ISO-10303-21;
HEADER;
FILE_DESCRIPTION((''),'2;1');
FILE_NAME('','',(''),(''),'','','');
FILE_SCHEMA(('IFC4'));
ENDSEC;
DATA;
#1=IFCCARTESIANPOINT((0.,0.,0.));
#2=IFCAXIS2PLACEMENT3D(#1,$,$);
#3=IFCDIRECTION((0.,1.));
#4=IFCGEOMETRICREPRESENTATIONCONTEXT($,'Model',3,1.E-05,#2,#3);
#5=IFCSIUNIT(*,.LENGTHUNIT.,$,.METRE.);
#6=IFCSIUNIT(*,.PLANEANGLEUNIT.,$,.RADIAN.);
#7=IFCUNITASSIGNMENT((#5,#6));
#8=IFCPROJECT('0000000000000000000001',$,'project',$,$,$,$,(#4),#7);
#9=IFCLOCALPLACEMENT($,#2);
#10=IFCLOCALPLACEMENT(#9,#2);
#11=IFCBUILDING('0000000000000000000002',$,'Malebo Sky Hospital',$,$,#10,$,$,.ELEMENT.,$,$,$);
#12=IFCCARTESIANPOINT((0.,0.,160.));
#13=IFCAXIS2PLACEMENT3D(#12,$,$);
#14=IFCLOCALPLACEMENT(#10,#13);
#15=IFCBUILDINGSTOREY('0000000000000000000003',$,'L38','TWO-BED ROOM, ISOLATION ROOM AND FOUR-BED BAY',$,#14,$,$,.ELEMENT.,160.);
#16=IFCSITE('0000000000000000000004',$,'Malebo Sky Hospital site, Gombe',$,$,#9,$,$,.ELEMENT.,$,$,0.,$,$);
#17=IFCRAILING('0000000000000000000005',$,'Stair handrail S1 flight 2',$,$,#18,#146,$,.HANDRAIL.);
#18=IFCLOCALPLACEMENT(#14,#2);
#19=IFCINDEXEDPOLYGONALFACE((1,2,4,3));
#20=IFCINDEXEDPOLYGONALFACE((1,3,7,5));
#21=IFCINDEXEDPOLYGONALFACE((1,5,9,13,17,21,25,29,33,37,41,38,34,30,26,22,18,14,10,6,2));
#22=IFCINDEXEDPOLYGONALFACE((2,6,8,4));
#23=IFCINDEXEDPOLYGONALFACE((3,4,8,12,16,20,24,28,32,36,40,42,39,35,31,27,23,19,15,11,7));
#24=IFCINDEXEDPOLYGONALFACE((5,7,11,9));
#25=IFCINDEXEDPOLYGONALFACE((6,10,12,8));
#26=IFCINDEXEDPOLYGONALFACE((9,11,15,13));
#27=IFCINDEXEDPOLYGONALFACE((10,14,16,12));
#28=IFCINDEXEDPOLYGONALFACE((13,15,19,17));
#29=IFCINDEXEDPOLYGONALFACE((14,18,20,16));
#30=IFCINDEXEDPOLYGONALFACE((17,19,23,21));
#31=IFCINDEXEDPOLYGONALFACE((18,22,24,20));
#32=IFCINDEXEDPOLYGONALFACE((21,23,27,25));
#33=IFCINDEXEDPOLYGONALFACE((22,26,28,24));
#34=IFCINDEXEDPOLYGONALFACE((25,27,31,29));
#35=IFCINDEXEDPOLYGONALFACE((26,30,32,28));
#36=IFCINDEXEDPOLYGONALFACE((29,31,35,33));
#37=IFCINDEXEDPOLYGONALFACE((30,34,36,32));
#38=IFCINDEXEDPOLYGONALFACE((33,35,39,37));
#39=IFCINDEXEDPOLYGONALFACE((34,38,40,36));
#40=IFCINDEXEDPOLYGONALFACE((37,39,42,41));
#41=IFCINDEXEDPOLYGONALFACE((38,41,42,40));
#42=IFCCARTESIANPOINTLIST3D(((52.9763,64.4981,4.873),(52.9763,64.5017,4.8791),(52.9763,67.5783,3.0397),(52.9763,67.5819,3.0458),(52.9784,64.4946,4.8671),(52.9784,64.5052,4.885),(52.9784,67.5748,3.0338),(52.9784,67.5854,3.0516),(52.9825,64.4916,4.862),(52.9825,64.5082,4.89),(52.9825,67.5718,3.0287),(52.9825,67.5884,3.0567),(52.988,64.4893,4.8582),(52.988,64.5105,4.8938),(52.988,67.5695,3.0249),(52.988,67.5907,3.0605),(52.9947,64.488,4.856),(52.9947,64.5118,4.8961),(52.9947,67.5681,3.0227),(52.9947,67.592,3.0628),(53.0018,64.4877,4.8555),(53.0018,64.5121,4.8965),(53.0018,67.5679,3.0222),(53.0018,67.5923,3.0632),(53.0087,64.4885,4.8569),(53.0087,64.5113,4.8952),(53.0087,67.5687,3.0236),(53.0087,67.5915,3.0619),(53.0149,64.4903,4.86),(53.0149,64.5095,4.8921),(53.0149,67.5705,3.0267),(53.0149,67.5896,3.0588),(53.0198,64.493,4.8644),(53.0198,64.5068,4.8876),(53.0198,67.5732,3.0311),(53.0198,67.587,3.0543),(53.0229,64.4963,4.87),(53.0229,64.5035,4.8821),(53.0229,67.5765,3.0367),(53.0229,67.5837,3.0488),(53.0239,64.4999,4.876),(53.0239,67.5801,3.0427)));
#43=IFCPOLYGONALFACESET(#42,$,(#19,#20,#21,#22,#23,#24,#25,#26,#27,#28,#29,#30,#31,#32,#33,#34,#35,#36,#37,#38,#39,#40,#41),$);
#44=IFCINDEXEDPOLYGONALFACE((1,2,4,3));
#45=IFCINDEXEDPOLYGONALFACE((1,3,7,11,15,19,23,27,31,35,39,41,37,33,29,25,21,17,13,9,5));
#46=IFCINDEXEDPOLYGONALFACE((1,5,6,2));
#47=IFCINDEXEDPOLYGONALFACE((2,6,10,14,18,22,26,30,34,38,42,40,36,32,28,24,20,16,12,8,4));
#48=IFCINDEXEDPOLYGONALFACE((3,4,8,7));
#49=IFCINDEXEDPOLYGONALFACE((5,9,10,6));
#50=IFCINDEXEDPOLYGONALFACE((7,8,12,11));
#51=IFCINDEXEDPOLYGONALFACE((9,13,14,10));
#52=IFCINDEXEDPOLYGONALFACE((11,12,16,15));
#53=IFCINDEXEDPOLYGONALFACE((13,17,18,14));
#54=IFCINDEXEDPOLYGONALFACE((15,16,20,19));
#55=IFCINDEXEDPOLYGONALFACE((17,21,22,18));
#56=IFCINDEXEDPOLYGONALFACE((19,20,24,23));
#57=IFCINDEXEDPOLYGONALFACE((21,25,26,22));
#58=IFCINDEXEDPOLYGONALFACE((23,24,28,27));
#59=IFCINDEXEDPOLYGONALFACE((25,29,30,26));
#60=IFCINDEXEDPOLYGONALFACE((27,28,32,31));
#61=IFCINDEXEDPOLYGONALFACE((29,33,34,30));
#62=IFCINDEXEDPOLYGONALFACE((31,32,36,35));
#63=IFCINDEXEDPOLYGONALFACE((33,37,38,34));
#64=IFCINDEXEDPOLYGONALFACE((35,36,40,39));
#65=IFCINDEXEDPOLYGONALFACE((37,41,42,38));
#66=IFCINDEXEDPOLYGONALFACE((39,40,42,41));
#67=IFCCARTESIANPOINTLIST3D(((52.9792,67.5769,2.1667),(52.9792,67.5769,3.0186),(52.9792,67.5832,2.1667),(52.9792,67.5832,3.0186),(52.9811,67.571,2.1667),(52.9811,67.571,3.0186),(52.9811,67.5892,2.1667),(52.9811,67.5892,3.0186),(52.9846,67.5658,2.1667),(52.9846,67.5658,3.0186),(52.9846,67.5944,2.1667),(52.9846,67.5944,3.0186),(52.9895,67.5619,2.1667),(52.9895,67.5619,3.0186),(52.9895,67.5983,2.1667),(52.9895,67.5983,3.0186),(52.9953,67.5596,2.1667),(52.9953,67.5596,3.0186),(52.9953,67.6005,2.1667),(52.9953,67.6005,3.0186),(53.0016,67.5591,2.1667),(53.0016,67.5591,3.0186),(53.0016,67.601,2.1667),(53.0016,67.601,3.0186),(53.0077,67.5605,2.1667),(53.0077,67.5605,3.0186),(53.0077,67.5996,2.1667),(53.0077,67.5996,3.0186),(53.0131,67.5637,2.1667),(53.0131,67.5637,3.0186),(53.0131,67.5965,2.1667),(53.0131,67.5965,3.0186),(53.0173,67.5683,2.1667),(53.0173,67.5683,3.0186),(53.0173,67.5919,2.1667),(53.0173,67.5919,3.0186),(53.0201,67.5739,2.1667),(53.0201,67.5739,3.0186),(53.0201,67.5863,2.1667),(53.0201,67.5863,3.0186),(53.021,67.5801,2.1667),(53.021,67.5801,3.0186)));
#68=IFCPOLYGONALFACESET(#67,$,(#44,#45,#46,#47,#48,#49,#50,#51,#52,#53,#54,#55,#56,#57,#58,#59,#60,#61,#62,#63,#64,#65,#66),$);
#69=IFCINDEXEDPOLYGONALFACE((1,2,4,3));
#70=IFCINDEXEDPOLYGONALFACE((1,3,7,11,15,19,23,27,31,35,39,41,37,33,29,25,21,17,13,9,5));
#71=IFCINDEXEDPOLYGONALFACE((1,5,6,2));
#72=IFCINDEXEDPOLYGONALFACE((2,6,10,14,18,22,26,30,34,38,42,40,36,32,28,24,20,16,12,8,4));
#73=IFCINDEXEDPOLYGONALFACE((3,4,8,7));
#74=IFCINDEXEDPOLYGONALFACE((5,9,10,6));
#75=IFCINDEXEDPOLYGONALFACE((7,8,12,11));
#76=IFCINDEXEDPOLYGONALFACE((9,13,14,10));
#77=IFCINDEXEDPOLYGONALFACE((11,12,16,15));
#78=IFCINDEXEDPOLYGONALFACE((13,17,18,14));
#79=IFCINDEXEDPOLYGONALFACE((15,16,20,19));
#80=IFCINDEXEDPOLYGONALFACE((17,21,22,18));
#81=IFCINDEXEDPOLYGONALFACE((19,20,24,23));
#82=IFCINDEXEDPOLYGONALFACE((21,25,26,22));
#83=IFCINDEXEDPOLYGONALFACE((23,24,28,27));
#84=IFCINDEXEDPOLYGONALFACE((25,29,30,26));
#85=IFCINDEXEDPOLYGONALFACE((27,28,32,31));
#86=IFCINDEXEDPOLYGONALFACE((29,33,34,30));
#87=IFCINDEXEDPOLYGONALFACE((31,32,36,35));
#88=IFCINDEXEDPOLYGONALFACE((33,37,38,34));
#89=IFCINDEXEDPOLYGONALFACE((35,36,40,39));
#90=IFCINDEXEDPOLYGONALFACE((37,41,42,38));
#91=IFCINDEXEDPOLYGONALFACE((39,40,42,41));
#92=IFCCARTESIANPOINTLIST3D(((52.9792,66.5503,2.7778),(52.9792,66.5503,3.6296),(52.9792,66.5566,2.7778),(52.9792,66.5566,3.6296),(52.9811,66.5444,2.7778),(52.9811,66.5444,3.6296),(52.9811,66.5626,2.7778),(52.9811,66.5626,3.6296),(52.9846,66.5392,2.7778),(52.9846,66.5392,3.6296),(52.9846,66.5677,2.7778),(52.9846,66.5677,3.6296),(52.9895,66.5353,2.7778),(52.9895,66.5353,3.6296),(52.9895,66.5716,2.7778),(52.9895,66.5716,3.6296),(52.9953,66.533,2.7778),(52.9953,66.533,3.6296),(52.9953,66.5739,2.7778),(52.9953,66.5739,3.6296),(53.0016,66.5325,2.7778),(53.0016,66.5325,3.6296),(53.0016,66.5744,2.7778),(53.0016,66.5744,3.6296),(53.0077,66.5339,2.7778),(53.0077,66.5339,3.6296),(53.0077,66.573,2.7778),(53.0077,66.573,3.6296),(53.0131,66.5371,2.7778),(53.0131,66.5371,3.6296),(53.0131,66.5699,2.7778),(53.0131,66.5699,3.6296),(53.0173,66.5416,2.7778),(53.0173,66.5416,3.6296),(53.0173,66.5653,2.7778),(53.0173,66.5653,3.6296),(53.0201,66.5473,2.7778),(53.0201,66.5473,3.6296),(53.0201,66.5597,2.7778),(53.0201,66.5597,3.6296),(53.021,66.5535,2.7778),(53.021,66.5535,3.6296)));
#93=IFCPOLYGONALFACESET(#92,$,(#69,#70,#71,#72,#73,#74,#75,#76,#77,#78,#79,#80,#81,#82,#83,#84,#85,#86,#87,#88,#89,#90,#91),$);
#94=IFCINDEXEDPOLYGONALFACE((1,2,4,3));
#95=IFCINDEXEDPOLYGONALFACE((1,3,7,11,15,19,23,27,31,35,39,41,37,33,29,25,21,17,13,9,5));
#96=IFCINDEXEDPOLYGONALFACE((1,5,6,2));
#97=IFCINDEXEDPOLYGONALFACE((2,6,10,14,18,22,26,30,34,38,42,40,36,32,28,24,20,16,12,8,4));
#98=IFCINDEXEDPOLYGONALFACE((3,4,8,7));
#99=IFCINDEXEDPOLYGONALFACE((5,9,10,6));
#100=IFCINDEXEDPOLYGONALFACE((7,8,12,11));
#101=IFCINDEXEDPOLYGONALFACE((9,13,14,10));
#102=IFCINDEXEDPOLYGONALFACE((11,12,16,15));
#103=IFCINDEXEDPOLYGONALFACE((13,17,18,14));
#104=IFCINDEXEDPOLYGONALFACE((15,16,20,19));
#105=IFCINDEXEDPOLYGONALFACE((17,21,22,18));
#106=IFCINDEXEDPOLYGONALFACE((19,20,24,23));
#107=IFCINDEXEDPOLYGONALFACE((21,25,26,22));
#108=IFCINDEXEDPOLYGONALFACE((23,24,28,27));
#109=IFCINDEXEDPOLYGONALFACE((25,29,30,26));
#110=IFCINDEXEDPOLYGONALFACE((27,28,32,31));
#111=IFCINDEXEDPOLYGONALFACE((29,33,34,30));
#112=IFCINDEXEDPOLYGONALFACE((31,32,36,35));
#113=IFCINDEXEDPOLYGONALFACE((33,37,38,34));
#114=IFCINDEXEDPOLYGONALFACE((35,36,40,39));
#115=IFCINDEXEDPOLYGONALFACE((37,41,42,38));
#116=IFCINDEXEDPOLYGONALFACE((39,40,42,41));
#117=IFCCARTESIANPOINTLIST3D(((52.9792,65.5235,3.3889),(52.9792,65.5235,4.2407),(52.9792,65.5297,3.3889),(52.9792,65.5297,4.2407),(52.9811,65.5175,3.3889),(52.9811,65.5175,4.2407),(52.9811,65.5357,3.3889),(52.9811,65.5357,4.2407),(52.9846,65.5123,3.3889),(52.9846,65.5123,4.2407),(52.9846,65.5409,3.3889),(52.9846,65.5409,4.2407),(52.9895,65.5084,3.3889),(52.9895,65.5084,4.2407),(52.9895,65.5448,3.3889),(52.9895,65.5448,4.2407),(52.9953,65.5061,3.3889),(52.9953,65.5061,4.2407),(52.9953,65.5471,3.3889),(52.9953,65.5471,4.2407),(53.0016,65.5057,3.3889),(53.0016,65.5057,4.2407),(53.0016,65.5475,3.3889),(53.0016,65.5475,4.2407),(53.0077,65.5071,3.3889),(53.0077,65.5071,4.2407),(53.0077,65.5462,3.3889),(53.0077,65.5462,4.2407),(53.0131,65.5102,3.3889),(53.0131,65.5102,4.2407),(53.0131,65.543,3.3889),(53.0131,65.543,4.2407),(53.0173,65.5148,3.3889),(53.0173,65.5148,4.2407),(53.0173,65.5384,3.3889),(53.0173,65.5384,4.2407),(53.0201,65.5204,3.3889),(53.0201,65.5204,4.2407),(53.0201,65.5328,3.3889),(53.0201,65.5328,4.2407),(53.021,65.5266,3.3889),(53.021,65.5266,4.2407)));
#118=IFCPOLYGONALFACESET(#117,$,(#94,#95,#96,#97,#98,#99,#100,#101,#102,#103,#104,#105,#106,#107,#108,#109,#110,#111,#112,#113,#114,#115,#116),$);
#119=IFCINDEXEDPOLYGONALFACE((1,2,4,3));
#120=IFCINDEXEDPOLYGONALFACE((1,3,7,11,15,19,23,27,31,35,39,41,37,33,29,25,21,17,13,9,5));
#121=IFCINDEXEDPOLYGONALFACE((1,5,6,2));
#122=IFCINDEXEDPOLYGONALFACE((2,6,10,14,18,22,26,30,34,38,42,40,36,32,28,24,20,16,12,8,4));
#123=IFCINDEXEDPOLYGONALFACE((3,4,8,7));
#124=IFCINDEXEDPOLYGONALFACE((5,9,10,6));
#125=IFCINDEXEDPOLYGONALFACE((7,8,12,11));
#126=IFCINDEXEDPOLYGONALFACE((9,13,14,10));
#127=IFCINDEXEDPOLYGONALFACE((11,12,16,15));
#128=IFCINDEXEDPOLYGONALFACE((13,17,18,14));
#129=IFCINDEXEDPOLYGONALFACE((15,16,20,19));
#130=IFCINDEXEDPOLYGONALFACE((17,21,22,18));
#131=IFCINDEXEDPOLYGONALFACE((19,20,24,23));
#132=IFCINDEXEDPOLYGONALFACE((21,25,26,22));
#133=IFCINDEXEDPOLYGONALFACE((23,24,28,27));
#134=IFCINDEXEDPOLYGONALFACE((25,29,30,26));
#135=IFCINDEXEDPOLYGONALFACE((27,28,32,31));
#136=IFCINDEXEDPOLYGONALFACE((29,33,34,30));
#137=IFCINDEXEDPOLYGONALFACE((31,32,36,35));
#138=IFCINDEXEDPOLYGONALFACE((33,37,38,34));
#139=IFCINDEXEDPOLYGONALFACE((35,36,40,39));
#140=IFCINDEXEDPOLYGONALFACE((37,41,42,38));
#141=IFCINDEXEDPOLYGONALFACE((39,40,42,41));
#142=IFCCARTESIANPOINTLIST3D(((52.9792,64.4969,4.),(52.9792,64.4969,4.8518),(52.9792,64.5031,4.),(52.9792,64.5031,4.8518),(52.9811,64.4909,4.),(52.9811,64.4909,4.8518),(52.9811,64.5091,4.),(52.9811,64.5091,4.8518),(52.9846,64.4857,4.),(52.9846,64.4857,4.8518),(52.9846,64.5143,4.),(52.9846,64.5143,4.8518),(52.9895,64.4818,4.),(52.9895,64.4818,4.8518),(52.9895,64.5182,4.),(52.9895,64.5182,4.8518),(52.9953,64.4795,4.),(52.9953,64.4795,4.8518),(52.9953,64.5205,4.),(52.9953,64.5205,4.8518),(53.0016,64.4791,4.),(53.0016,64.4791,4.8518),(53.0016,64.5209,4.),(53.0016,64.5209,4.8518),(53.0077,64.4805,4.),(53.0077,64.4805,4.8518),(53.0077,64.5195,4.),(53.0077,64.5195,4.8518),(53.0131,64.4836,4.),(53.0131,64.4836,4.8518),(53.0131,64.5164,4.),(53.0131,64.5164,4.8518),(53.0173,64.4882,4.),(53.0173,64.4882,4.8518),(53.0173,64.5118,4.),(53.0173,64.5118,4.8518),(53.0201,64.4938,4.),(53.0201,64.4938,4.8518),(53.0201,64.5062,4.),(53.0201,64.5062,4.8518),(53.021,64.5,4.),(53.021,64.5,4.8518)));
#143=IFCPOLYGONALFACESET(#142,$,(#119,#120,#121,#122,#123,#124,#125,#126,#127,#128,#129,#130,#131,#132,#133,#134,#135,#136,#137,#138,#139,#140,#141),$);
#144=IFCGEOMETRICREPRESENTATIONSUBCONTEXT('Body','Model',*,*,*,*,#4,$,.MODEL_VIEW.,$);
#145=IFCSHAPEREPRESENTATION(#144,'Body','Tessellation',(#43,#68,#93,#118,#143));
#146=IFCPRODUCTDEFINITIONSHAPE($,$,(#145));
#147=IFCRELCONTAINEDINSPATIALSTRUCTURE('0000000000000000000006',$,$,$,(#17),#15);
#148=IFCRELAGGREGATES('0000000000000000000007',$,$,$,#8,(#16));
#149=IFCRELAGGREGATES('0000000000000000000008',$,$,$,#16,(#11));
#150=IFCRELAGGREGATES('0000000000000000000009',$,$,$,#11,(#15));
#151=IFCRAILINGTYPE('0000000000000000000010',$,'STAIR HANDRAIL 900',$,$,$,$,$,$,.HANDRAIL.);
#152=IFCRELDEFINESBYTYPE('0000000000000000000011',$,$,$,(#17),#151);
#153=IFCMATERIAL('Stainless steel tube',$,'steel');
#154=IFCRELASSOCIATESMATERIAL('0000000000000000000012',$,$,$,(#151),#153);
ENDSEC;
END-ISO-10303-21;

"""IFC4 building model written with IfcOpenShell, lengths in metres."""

from ifc_helpers import new_model, si_unit, direction, frame, origin, origin_2d, place, context, subcontext, project, spatial, circle, extrude, material, type_object, element, save


model = new_model("IFC4")

# Units and contexts
model_context = context("Model", 3, precision=1e-05, world=origin(), true_north=direction((0.0, 1.0)))
body_context = subcontext(model_context, "Body", "Model", "MODEL_VIEW")
ifc_project = project(units=[si_unit("LENGTHUNIT", "METRE"), si_unit("PLANEANGLEUNIT", "RADIAN")], contexts=[model_context])

# Site, building, storey
site_placement = place(None, origin())
site = spatial("IfcSite", under=ifc_project, at=site_placement, Name="Malebo Sky Hospital site, Gombe", CompositionType="ELEMENT", RefElevation=0.0)
building_placement = place(site_placement, origin())
building = spatial("IfcBuilding", under=site, at=building_placement, Name="Malebo Sky Hospital", CompositionType="ELEMENT")
storey_placement = place(building_placement, frame((0.0, 0.0, 160.0)))
storey = spatial("IfcBuildingStorey", under=building, at=storey_placement, Name="L38", Description="TWO-BED ROOM, ISOLATION ROOM AND FOUR-BED BAY", CompositionType="ELEMENT", Elevation=160.0)

# Railing
ifc_material_1 = material(Name="Stainless steel tube", Category="steel")
railing_type = type_object("IfcRailingType", Name="STAIR HANDRAIL 900", PredefinedType="HANDRAIL", material=ifc_material_1)
railing_1_placement = place(storey_placement, frame((53.0, 67.5801, 2.1667)))
element("IfcRailing", 1, at=railing_1_placement, inside=storey, type_object=railing_type, Name="Stair handrail S1 flight 2", PredefinedType="HANDRAIL", context=body_context, shape_type="SweptSolid", body=[
    extrude(circle(Radius=0.0239, at=origin_2d()), frame((0.0, 0.0, 0.876), z_axis=(0.0, -0.859309, 0.511458), x_axis=(1.0, 0.0, 0.0)), (0.0, 0.0, 1.0), 3.5845),
    extrude(circle(Radius=0.021, at=origin_2d()), origin(), (0.0, 0.0, 1.0), 0.8518),
    extrude(circle(Radius=0.021, at=origin_2d()), frame((0.0, -1.0266, 0.6111)), (0.0, 0.0, 1.0), 0.8518),
    extrude(circle(Radius=0.021, at=origin_2d()), frame((0.0, -2.0535, 1.2222)), (0.0, 0.0, 1.0), 0.8518),
    extrude(circle(Radius=0.021, at=origin_2d()), frame((0.0, -3.0801, 1.8333)), (0.0, 0.0, 1.0), 0.8518),
])

save(model, "model.ifc")
